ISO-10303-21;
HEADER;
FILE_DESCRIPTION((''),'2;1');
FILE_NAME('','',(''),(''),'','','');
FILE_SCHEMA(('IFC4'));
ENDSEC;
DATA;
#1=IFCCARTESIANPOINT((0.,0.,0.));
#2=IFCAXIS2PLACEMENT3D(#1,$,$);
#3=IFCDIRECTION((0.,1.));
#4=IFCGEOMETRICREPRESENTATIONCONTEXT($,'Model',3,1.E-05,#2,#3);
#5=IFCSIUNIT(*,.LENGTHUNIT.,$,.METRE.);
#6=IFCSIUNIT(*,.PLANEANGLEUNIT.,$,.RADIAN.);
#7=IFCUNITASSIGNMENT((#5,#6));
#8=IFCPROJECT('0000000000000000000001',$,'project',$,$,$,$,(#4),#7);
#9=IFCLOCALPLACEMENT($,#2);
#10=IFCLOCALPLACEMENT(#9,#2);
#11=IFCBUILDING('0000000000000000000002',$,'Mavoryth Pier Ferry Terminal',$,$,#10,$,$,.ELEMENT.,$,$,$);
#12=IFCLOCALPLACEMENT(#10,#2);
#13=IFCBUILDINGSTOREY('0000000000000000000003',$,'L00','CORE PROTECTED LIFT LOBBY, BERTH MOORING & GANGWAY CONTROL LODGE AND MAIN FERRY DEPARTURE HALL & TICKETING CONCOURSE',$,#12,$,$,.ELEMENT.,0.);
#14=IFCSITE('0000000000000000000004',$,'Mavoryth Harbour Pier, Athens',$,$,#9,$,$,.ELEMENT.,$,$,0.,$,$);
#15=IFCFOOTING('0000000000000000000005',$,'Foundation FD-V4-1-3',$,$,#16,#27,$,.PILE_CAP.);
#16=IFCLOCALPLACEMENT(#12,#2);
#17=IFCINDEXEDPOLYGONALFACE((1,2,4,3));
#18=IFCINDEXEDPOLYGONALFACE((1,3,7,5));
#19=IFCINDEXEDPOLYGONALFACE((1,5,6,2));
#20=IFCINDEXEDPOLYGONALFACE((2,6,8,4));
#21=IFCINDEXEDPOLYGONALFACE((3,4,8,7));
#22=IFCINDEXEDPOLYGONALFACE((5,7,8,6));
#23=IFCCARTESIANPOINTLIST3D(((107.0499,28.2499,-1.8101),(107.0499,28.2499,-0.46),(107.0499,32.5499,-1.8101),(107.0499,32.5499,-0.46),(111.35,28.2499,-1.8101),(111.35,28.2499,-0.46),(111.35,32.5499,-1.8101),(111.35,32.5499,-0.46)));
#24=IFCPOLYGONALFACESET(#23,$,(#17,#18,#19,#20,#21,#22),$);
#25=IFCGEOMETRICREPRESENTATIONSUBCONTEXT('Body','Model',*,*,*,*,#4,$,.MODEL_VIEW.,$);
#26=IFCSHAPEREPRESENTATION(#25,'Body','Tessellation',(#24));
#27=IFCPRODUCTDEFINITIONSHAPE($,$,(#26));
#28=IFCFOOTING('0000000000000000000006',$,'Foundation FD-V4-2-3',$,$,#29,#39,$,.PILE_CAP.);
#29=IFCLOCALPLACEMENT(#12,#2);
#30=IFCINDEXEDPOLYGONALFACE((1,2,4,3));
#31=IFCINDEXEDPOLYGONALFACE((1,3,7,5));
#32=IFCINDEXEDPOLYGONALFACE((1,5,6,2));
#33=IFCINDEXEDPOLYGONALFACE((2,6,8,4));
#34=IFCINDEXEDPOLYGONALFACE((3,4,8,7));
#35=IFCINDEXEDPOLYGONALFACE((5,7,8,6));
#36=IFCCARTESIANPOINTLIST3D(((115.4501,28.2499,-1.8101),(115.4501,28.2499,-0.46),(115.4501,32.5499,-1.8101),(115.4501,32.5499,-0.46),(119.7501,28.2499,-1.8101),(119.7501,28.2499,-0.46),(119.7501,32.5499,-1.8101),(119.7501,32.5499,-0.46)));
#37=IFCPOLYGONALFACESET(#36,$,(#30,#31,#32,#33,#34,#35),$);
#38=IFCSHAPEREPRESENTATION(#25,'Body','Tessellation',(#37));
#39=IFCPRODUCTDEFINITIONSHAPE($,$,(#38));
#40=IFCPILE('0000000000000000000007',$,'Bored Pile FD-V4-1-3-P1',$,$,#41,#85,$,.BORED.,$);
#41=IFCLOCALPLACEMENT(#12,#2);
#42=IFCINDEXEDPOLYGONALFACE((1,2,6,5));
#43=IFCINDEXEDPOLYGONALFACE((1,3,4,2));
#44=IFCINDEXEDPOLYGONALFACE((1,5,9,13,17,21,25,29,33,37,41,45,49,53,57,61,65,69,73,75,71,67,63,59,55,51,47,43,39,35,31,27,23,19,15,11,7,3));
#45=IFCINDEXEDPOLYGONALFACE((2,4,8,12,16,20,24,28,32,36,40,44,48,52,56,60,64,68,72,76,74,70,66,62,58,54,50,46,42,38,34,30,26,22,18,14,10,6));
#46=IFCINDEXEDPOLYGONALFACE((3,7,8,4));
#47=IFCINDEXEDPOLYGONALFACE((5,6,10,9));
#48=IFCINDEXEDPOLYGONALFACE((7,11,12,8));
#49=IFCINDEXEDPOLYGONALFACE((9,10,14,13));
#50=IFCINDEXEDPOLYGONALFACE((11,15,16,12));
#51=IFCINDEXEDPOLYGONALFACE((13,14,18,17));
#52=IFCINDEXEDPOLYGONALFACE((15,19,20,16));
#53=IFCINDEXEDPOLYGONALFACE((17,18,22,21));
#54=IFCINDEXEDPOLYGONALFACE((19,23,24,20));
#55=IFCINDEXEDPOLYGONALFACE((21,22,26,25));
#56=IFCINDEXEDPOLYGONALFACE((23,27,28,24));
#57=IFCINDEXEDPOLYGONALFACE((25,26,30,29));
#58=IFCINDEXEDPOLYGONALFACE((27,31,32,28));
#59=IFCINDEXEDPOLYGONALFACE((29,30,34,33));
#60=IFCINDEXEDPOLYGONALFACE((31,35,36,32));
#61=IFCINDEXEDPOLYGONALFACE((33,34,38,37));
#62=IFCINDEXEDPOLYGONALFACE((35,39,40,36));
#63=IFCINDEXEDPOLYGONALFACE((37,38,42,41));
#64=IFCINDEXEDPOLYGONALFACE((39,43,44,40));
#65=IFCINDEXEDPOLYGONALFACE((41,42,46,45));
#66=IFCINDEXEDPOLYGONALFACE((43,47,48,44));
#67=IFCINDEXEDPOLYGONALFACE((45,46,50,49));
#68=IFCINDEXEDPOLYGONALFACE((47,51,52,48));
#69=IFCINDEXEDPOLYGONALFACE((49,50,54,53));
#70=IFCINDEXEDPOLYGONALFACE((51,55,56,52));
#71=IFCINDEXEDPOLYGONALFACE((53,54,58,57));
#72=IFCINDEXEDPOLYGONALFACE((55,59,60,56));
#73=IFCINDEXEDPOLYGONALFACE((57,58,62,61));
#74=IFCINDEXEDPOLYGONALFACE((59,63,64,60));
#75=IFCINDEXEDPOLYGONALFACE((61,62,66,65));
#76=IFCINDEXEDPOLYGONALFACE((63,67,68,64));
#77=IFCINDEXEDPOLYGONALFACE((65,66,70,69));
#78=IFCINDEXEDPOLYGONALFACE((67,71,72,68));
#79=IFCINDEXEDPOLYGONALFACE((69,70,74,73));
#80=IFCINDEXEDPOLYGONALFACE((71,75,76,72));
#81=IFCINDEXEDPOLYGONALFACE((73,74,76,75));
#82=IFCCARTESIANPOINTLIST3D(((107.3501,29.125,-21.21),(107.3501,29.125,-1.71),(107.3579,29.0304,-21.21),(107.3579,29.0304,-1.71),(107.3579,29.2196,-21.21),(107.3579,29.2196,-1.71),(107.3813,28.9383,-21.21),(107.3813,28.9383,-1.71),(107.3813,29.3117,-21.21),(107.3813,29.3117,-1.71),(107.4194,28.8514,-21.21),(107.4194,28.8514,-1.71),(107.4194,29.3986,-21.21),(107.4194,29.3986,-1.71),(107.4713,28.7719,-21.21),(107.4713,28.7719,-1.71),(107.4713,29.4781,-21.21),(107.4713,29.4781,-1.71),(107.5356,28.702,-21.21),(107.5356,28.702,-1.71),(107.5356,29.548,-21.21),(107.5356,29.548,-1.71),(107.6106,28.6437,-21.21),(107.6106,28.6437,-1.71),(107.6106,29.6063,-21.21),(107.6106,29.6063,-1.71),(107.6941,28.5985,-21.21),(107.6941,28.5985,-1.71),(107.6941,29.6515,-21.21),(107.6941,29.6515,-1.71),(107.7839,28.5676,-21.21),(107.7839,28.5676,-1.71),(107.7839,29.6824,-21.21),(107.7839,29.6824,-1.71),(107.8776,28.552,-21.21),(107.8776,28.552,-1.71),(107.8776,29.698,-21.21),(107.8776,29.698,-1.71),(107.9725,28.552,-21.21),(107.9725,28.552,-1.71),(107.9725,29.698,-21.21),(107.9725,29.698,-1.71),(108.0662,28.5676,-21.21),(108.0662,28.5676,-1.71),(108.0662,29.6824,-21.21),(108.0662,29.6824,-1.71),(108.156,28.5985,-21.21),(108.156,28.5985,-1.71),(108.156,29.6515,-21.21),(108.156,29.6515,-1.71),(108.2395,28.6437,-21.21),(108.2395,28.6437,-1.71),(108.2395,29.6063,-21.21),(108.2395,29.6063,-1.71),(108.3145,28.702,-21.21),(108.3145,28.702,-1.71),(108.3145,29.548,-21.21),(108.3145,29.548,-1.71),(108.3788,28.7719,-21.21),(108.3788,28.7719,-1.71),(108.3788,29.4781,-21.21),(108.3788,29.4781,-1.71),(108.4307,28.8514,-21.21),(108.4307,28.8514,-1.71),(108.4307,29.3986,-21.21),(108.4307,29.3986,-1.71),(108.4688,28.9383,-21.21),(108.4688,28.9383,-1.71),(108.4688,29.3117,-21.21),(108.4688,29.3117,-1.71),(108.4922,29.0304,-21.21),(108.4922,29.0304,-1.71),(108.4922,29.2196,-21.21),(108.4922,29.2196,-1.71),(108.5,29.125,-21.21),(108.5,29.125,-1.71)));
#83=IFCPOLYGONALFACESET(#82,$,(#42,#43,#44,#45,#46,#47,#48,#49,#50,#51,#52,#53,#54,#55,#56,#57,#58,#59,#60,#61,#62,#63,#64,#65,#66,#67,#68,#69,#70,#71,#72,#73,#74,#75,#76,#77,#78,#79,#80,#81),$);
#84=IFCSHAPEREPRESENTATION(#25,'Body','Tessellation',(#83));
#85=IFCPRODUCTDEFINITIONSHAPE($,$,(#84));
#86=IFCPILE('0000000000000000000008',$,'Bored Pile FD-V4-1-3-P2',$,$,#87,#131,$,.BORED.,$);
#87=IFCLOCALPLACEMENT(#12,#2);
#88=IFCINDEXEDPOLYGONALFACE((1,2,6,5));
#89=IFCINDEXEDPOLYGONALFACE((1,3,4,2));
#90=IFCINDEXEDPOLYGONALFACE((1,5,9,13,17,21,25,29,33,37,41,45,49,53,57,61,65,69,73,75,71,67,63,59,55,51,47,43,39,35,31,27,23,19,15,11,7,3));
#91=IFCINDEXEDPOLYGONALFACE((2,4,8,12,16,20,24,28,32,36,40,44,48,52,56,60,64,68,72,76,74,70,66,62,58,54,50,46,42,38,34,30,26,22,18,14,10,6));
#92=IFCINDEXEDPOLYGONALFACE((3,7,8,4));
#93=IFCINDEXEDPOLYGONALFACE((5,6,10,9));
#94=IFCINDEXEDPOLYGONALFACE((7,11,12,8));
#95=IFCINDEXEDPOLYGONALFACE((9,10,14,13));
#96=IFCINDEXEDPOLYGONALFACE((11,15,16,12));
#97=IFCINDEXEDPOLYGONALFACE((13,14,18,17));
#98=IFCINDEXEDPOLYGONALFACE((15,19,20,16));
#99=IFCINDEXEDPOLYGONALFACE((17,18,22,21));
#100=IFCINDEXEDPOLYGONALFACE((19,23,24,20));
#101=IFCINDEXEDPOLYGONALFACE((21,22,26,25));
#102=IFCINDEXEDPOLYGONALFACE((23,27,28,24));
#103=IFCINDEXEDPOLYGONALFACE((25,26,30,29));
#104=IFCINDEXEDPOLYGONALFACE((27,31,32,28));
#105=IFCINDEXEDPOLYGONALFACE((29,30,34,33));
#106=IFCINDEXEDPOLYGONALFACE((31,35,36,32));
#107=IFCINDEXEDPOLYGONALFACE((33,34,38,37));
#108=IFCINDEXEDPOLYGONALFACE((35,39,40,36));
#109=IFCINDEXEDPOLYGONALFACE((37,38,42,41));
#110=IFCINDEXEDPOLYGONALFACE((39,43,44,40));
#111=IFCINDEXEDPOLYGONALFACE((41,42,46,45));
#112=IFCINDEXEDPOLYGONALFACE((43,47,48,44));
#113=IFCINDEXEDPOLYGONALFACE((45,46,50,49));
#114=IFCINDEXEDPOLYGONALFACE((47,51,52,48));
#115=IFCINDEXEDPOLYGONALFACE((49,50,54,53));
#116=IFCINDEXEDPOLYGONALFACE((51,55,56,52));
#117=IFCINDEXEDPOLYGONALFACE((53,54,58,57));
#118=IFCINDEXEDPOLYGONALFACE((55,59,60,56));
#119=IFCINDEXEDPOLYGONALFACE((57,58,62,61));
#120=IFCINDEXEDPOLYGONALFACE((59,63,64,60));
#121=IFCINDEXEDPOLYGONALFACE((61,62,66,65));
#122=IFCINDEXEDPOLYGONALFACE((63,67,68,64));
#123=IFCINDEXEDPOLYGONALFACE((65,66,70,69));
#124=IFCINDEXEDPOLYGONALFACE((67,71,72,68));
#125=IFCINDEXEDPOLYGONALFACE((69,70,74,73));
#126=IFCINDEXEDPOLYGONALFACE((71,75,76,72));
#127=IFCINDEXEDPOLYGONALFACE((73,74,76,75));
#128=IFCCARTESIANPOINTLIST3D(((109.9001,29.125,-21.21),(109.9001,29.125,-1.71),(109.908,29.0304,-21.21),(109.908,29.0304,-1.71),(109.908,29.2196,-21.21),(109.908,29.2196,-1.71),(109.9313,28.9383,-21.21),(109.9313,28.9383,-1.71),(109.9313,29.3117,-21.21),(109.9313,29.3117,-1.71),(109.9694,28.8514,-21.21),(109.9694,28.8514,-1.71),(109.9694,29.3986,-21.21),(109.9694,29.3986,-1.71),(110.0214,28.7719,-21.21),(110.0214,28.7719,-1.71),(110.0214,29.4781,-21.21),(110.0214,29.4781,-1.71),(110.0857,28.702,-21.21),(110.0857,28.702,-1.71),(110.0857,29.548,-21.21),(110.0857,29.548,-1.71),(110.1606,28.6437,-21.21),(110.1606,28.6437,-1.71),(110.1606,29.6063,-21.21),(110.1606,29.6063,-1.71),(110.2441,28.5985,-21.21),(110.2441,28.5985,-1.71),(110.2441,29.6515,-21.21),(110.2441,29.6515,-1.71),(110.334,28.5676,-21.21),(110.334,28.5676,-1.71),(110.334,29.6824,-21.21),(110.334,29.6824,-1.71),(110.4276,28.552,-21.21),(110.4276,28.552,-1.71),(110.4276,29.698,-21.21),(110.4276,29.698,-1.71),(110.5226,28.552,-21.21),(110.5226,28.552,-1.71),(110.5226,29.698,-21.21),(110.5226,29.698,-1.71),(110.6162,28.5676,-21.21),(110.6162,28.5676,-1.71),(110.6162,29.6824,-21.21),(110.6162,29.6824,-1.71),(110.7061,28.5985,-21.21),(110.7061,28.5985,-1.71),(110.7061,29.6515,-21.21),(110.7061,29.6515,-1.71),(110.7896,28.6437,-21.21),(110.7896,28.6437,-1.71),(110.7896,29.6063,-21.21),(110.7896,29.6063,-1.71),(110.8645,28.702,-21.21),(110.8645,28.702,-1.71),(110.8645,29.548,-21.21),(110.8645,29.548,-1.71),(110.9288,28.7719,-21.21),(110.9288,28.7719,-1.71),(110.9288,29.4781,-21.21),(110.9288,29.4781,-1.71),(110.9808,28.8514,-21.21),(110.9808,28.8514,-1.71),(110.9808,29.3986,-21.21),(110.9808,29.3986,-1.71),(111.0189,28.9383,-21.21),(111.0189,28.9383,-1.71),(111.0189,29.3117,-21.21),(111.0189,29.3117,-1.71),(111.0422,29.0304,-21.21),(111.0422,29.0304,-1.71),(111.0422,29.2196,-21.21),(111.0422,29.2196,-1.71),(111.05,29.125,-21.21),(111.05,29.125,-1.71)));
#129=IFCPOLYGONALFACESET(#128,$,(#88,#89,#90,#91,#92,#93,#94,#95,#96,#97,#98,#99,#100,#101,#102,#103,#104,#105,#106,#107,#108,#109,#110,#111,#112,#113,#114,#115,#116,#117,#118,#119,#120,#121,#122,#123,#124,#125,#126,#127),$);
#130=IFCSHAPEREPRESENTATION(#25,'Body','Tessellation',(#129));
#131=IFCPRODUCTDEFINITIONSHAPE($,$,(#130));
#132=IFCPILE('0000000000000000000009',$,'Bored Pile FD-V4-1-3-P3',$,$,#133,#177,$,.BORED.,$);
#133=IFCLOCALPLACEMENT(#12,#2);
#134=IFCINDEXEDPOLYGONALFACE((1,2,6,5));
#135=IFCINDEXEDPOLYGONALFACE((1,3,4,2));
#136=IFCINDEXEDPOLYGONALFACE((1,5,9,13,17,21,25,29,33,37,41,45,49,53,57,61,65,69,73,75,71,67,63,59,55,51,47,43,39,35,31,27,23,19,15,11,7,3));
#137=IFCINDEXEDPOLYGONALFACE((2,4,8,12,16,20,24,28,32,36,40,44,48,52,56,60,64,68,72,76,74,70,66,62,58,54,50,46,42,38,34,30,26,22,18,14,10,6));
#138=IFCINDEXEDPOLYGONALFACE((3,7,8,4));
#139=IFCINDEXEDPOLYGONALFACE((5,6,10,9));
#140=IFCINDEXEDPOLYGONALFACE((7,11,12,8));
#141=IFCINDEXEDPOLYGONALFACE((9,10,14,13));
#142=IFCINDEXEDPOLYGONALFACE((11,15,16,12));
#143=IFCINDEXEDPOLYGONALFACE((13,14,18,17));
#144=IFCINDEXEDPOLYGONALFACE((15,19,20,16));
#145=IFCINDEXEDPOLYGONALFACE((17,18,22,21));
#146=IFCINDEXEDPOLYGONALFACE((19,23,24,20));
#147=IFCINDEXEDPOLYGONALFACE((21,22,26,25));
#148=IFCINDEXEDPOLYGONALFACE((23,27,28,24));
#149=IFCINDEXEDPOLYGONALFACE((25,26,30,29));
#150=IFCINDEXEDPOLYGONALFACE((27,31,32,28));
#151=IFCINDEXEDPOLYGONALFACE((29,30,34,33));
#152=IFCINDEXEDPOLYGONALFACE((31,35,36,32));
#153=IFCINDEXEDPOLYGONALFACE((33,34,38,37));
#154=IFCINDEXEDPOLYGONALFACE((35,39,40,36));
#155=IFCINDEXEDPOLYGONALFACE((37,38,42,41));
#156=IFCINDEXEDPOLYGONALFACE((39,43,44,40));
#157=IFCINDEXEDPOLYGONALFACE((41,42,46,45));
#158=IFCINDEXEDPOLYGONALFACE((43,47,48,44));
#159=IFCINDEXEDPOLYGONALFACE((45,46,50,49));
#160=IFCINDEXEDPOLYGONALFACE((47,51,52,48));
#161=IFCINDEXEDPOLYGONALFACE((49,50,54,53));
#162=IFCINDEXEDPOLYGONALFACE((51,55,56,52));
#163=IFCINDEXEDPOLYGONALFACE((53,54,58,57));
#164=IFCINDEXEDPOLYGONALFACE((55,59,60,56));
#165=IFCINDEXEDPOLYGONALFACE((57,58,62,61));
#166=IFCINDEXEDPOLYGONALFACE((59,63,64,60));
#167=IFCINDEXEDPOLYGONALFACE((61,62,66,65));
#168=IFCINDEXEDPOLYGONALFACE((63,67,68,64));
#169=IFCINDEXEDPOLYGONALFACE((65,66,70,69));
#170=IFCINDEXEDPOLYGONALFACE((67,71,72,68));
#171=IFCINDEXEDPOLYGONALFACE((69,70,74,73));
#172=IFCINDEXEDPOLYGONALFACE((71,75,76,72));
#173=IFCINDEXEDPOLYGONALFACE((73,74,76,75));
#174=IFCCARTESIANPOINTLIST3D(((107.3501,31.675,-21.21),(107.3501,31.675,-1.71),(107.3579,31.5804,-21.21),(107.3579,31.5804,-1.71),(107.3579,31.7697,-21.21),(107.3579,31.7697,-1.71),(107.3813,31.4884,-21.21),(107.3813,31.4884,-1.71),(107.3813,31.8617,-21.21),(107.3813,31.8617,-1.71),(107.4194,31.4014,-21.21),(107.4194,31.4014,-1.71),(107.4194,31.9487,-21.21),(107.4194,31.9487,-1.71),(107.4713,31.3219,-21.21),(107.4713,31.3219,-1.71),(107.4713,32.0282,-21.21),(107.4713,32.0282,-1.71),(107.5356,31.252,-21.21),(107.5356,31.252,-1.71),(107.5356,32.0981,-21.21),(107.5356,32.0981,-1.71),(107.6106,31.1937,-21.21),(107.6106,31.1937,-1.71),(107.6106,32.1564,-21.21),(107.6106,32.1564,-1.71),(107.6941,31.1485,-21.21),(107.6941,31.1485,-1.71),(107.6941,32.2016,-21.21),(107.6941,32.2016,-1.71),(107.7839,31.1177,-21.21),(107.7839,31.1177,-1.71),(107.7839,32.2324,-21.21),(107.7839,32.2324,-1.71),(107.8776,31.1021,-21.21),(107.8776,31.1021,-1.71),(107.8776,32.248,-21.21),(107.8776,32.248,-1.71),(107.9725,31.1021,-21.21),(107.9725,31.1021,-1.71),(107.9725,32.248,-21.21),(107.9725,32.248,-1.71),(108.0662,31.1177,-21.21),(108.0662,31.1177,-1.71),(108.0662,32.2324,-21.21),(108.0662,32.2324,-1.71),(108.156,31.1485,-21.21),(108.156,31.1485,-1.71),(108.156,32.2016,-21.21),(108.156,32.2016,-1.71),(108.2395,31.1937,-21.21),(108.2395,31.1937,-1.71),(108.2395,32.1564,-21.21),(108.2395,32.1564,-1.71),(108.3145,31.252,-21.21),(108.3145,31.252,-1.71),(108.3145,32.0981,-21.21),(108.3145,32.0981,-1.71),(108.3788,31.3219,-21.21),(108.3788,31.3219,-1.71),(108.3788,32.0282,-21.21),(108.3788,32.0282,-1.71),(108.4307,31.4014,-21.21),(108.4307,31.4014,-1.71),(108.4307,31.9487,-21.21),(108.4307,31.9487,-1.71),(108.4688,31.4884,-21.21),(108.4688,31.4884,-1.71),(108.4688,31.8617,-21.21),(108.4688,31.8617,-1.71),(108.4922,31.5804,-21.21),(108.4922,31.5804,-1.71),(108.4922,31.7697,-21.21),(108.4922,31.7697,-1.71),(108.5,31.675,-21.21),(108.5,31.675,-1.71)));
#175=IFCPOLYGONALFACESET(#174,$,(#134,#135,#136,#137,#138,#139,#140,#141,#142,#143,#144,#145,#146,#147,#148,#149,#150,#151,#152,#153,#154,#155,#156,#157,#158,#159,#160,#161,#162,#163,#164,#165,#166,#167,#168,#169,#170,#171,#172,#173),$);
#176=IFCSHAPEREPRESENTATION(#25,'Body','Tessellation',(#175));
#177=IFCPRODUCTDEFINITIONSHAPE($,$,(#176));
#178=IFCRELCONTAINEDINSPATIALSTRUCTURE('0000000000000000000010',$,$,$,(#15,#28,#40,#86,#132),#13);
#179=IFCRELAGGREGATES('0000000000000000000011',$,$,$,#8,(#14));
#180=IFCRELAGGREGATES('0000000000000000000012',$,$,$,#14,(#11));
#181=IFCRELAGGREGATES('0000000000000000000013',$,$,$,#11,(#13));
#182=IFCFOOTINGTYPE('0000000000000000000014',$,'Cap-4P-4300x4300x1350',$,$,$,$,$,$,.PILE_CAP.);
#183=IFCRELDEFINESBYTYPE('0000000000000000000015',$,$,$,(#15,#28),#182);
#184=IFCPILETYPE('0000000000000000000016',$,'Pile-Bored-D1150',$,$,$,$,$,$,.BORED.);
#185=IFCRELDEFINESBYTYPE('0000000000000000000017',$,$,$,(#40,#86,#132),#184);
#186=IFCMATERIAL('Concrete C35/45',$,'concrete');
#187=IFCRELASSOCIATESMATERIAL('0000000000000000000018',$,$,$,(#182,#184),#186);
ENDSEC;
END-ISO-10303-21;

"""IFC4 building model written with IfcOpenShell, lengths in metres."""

from ifc_helpers import new_model, si_unit, direction, frame, origin, origin_2d, place, context, subcontext, project, spatial, rectangle, circle, extrude, material, material_profile, profile_set, type_object, element, save


model = new_model("IFC4")

# Units and contexts
model_context = context("Model", 3, precision=1e-05, world=origin(), true_north=direction((0.0, 1.0)))
body_context = subcontext(model_context, "Body", "Model", "MODEL_VIEW")
ifc_project = project(units=[si_unit("LENGTHUNIT", "METRE"), si_unit("PLANEANGLEUNIT", "RADIAN")], contexts=[model_context])

# Site, building, storey
site_placement = place(None, origin())
site = spatial("IfcSite", under=ifc_project, at=site_placement, Name="Mavoryth Harbour Pier, Athens", CompositionType="ELEMENT", RefElevation=0.0)
building_placement = place(site_placement, origin())
building = spatial("IfcBuilding", under=site, at=building_placement, Name="Mavoryth Pier Ferry Terminal", CompositionType="ELEMENT")
storey_placement = place(building_placement, origin())
storey = spatial("IfcBuildingStorey", under=building, at=storey_placement, Name="L00", Description="CORE PROTECTED LIFT LOBBY, BERTH MOORING & GANGWAY CONTROL LODGE AND MAIN FERRY DEPARTURE HALL & TICKETING CONCOURSE", CompositionType="ELEMENT", Elevation=0.0)

# Footings
ifc_material_1 = material(Name="Concrete C35/45", Category="concrete")
footing_type_1 = type_object("IfcFootingType", Name="Cap-4P-4300x4300x1350", PredefinedType="PILE_CAP", material=ifc_material_1)
for number, where, z_axis, x_axis, name in (
    (1, (109.2, 30.3999, -1.8101), (0.0, 0.0, 1.0), (1.0, 0.0, 0.0), "Foundation FD-V4-1-3"),
    (2, (117.6001, 30.3999, -1.8101), (0.0, 0.0, 1.0), (1.0, 0.0, 0.0), "Foundation FD-V4-2-3"),
):
    element("IfcFooting", number, at=place(storey_placement, frame(where, z_axis=z_axis, x_axis=x_axis)), inside=storey, type_object=footing_type_1, Name=name, PredefinedType="PILE_CAP", context=body_context, shape_type="SweptSolid", body=[
        extrude(rectangle(XDim=4.3, YDim=4.3, at=origin_2d()), origin(), (0.0, 0.0, 1.0), 1.3501),
    ])

# Piles
ifc_material_profile_1 = material_profile(ifc_material_1, circle(Radius=0.575, at=origin_2d()), Name="PILE D1150", Category="concrete")
ifc_profile_set_1 = profile_set([ifc_material_profile_1], Name="Concrete C35/45 - PILE D1150")
pile_type = type_object("IfcPileType", Name="Pile-Bored-D1150", PredefinedType="BORED", material=ifc_profile_set_1)
for number, where, z_axis, x_axis, name in (
    (3, (107.925, 29.125, -1.71), (0.0, 0.0, -1.0), (1.0, 0.0, 0.0), "Bored Pile FD-V4-1-3-P1"),
    (4, (110.4751, 29.125, -1.71), (0.0, 0.0, -1.0), (1.0, 0.0, 0.0), "Bored Pile FD-V4-1-3-P2"),
    (5, (107.925, 31.675, -1.71), (0.0, 0.0, -1.0), (1.0, 0.0, 0.0), "Bored Pile FD-V4-1-3-P3"),
):
    element("IfcPile", number, at=place(storey_placement, frame(where, z_axis=z_axis, x_axis=x_axis)), inside=storey, type_object=pile_type, Name=name, PredefinedType="BORED", context=body_context, shape_type="SweptSolid", body=[
        extrude(circle(Radius=0.575, at=origin_2d()), origin(), (0.0, 0.0, 1.0), 19.5),
    ])

save(model, "model.ifc")
